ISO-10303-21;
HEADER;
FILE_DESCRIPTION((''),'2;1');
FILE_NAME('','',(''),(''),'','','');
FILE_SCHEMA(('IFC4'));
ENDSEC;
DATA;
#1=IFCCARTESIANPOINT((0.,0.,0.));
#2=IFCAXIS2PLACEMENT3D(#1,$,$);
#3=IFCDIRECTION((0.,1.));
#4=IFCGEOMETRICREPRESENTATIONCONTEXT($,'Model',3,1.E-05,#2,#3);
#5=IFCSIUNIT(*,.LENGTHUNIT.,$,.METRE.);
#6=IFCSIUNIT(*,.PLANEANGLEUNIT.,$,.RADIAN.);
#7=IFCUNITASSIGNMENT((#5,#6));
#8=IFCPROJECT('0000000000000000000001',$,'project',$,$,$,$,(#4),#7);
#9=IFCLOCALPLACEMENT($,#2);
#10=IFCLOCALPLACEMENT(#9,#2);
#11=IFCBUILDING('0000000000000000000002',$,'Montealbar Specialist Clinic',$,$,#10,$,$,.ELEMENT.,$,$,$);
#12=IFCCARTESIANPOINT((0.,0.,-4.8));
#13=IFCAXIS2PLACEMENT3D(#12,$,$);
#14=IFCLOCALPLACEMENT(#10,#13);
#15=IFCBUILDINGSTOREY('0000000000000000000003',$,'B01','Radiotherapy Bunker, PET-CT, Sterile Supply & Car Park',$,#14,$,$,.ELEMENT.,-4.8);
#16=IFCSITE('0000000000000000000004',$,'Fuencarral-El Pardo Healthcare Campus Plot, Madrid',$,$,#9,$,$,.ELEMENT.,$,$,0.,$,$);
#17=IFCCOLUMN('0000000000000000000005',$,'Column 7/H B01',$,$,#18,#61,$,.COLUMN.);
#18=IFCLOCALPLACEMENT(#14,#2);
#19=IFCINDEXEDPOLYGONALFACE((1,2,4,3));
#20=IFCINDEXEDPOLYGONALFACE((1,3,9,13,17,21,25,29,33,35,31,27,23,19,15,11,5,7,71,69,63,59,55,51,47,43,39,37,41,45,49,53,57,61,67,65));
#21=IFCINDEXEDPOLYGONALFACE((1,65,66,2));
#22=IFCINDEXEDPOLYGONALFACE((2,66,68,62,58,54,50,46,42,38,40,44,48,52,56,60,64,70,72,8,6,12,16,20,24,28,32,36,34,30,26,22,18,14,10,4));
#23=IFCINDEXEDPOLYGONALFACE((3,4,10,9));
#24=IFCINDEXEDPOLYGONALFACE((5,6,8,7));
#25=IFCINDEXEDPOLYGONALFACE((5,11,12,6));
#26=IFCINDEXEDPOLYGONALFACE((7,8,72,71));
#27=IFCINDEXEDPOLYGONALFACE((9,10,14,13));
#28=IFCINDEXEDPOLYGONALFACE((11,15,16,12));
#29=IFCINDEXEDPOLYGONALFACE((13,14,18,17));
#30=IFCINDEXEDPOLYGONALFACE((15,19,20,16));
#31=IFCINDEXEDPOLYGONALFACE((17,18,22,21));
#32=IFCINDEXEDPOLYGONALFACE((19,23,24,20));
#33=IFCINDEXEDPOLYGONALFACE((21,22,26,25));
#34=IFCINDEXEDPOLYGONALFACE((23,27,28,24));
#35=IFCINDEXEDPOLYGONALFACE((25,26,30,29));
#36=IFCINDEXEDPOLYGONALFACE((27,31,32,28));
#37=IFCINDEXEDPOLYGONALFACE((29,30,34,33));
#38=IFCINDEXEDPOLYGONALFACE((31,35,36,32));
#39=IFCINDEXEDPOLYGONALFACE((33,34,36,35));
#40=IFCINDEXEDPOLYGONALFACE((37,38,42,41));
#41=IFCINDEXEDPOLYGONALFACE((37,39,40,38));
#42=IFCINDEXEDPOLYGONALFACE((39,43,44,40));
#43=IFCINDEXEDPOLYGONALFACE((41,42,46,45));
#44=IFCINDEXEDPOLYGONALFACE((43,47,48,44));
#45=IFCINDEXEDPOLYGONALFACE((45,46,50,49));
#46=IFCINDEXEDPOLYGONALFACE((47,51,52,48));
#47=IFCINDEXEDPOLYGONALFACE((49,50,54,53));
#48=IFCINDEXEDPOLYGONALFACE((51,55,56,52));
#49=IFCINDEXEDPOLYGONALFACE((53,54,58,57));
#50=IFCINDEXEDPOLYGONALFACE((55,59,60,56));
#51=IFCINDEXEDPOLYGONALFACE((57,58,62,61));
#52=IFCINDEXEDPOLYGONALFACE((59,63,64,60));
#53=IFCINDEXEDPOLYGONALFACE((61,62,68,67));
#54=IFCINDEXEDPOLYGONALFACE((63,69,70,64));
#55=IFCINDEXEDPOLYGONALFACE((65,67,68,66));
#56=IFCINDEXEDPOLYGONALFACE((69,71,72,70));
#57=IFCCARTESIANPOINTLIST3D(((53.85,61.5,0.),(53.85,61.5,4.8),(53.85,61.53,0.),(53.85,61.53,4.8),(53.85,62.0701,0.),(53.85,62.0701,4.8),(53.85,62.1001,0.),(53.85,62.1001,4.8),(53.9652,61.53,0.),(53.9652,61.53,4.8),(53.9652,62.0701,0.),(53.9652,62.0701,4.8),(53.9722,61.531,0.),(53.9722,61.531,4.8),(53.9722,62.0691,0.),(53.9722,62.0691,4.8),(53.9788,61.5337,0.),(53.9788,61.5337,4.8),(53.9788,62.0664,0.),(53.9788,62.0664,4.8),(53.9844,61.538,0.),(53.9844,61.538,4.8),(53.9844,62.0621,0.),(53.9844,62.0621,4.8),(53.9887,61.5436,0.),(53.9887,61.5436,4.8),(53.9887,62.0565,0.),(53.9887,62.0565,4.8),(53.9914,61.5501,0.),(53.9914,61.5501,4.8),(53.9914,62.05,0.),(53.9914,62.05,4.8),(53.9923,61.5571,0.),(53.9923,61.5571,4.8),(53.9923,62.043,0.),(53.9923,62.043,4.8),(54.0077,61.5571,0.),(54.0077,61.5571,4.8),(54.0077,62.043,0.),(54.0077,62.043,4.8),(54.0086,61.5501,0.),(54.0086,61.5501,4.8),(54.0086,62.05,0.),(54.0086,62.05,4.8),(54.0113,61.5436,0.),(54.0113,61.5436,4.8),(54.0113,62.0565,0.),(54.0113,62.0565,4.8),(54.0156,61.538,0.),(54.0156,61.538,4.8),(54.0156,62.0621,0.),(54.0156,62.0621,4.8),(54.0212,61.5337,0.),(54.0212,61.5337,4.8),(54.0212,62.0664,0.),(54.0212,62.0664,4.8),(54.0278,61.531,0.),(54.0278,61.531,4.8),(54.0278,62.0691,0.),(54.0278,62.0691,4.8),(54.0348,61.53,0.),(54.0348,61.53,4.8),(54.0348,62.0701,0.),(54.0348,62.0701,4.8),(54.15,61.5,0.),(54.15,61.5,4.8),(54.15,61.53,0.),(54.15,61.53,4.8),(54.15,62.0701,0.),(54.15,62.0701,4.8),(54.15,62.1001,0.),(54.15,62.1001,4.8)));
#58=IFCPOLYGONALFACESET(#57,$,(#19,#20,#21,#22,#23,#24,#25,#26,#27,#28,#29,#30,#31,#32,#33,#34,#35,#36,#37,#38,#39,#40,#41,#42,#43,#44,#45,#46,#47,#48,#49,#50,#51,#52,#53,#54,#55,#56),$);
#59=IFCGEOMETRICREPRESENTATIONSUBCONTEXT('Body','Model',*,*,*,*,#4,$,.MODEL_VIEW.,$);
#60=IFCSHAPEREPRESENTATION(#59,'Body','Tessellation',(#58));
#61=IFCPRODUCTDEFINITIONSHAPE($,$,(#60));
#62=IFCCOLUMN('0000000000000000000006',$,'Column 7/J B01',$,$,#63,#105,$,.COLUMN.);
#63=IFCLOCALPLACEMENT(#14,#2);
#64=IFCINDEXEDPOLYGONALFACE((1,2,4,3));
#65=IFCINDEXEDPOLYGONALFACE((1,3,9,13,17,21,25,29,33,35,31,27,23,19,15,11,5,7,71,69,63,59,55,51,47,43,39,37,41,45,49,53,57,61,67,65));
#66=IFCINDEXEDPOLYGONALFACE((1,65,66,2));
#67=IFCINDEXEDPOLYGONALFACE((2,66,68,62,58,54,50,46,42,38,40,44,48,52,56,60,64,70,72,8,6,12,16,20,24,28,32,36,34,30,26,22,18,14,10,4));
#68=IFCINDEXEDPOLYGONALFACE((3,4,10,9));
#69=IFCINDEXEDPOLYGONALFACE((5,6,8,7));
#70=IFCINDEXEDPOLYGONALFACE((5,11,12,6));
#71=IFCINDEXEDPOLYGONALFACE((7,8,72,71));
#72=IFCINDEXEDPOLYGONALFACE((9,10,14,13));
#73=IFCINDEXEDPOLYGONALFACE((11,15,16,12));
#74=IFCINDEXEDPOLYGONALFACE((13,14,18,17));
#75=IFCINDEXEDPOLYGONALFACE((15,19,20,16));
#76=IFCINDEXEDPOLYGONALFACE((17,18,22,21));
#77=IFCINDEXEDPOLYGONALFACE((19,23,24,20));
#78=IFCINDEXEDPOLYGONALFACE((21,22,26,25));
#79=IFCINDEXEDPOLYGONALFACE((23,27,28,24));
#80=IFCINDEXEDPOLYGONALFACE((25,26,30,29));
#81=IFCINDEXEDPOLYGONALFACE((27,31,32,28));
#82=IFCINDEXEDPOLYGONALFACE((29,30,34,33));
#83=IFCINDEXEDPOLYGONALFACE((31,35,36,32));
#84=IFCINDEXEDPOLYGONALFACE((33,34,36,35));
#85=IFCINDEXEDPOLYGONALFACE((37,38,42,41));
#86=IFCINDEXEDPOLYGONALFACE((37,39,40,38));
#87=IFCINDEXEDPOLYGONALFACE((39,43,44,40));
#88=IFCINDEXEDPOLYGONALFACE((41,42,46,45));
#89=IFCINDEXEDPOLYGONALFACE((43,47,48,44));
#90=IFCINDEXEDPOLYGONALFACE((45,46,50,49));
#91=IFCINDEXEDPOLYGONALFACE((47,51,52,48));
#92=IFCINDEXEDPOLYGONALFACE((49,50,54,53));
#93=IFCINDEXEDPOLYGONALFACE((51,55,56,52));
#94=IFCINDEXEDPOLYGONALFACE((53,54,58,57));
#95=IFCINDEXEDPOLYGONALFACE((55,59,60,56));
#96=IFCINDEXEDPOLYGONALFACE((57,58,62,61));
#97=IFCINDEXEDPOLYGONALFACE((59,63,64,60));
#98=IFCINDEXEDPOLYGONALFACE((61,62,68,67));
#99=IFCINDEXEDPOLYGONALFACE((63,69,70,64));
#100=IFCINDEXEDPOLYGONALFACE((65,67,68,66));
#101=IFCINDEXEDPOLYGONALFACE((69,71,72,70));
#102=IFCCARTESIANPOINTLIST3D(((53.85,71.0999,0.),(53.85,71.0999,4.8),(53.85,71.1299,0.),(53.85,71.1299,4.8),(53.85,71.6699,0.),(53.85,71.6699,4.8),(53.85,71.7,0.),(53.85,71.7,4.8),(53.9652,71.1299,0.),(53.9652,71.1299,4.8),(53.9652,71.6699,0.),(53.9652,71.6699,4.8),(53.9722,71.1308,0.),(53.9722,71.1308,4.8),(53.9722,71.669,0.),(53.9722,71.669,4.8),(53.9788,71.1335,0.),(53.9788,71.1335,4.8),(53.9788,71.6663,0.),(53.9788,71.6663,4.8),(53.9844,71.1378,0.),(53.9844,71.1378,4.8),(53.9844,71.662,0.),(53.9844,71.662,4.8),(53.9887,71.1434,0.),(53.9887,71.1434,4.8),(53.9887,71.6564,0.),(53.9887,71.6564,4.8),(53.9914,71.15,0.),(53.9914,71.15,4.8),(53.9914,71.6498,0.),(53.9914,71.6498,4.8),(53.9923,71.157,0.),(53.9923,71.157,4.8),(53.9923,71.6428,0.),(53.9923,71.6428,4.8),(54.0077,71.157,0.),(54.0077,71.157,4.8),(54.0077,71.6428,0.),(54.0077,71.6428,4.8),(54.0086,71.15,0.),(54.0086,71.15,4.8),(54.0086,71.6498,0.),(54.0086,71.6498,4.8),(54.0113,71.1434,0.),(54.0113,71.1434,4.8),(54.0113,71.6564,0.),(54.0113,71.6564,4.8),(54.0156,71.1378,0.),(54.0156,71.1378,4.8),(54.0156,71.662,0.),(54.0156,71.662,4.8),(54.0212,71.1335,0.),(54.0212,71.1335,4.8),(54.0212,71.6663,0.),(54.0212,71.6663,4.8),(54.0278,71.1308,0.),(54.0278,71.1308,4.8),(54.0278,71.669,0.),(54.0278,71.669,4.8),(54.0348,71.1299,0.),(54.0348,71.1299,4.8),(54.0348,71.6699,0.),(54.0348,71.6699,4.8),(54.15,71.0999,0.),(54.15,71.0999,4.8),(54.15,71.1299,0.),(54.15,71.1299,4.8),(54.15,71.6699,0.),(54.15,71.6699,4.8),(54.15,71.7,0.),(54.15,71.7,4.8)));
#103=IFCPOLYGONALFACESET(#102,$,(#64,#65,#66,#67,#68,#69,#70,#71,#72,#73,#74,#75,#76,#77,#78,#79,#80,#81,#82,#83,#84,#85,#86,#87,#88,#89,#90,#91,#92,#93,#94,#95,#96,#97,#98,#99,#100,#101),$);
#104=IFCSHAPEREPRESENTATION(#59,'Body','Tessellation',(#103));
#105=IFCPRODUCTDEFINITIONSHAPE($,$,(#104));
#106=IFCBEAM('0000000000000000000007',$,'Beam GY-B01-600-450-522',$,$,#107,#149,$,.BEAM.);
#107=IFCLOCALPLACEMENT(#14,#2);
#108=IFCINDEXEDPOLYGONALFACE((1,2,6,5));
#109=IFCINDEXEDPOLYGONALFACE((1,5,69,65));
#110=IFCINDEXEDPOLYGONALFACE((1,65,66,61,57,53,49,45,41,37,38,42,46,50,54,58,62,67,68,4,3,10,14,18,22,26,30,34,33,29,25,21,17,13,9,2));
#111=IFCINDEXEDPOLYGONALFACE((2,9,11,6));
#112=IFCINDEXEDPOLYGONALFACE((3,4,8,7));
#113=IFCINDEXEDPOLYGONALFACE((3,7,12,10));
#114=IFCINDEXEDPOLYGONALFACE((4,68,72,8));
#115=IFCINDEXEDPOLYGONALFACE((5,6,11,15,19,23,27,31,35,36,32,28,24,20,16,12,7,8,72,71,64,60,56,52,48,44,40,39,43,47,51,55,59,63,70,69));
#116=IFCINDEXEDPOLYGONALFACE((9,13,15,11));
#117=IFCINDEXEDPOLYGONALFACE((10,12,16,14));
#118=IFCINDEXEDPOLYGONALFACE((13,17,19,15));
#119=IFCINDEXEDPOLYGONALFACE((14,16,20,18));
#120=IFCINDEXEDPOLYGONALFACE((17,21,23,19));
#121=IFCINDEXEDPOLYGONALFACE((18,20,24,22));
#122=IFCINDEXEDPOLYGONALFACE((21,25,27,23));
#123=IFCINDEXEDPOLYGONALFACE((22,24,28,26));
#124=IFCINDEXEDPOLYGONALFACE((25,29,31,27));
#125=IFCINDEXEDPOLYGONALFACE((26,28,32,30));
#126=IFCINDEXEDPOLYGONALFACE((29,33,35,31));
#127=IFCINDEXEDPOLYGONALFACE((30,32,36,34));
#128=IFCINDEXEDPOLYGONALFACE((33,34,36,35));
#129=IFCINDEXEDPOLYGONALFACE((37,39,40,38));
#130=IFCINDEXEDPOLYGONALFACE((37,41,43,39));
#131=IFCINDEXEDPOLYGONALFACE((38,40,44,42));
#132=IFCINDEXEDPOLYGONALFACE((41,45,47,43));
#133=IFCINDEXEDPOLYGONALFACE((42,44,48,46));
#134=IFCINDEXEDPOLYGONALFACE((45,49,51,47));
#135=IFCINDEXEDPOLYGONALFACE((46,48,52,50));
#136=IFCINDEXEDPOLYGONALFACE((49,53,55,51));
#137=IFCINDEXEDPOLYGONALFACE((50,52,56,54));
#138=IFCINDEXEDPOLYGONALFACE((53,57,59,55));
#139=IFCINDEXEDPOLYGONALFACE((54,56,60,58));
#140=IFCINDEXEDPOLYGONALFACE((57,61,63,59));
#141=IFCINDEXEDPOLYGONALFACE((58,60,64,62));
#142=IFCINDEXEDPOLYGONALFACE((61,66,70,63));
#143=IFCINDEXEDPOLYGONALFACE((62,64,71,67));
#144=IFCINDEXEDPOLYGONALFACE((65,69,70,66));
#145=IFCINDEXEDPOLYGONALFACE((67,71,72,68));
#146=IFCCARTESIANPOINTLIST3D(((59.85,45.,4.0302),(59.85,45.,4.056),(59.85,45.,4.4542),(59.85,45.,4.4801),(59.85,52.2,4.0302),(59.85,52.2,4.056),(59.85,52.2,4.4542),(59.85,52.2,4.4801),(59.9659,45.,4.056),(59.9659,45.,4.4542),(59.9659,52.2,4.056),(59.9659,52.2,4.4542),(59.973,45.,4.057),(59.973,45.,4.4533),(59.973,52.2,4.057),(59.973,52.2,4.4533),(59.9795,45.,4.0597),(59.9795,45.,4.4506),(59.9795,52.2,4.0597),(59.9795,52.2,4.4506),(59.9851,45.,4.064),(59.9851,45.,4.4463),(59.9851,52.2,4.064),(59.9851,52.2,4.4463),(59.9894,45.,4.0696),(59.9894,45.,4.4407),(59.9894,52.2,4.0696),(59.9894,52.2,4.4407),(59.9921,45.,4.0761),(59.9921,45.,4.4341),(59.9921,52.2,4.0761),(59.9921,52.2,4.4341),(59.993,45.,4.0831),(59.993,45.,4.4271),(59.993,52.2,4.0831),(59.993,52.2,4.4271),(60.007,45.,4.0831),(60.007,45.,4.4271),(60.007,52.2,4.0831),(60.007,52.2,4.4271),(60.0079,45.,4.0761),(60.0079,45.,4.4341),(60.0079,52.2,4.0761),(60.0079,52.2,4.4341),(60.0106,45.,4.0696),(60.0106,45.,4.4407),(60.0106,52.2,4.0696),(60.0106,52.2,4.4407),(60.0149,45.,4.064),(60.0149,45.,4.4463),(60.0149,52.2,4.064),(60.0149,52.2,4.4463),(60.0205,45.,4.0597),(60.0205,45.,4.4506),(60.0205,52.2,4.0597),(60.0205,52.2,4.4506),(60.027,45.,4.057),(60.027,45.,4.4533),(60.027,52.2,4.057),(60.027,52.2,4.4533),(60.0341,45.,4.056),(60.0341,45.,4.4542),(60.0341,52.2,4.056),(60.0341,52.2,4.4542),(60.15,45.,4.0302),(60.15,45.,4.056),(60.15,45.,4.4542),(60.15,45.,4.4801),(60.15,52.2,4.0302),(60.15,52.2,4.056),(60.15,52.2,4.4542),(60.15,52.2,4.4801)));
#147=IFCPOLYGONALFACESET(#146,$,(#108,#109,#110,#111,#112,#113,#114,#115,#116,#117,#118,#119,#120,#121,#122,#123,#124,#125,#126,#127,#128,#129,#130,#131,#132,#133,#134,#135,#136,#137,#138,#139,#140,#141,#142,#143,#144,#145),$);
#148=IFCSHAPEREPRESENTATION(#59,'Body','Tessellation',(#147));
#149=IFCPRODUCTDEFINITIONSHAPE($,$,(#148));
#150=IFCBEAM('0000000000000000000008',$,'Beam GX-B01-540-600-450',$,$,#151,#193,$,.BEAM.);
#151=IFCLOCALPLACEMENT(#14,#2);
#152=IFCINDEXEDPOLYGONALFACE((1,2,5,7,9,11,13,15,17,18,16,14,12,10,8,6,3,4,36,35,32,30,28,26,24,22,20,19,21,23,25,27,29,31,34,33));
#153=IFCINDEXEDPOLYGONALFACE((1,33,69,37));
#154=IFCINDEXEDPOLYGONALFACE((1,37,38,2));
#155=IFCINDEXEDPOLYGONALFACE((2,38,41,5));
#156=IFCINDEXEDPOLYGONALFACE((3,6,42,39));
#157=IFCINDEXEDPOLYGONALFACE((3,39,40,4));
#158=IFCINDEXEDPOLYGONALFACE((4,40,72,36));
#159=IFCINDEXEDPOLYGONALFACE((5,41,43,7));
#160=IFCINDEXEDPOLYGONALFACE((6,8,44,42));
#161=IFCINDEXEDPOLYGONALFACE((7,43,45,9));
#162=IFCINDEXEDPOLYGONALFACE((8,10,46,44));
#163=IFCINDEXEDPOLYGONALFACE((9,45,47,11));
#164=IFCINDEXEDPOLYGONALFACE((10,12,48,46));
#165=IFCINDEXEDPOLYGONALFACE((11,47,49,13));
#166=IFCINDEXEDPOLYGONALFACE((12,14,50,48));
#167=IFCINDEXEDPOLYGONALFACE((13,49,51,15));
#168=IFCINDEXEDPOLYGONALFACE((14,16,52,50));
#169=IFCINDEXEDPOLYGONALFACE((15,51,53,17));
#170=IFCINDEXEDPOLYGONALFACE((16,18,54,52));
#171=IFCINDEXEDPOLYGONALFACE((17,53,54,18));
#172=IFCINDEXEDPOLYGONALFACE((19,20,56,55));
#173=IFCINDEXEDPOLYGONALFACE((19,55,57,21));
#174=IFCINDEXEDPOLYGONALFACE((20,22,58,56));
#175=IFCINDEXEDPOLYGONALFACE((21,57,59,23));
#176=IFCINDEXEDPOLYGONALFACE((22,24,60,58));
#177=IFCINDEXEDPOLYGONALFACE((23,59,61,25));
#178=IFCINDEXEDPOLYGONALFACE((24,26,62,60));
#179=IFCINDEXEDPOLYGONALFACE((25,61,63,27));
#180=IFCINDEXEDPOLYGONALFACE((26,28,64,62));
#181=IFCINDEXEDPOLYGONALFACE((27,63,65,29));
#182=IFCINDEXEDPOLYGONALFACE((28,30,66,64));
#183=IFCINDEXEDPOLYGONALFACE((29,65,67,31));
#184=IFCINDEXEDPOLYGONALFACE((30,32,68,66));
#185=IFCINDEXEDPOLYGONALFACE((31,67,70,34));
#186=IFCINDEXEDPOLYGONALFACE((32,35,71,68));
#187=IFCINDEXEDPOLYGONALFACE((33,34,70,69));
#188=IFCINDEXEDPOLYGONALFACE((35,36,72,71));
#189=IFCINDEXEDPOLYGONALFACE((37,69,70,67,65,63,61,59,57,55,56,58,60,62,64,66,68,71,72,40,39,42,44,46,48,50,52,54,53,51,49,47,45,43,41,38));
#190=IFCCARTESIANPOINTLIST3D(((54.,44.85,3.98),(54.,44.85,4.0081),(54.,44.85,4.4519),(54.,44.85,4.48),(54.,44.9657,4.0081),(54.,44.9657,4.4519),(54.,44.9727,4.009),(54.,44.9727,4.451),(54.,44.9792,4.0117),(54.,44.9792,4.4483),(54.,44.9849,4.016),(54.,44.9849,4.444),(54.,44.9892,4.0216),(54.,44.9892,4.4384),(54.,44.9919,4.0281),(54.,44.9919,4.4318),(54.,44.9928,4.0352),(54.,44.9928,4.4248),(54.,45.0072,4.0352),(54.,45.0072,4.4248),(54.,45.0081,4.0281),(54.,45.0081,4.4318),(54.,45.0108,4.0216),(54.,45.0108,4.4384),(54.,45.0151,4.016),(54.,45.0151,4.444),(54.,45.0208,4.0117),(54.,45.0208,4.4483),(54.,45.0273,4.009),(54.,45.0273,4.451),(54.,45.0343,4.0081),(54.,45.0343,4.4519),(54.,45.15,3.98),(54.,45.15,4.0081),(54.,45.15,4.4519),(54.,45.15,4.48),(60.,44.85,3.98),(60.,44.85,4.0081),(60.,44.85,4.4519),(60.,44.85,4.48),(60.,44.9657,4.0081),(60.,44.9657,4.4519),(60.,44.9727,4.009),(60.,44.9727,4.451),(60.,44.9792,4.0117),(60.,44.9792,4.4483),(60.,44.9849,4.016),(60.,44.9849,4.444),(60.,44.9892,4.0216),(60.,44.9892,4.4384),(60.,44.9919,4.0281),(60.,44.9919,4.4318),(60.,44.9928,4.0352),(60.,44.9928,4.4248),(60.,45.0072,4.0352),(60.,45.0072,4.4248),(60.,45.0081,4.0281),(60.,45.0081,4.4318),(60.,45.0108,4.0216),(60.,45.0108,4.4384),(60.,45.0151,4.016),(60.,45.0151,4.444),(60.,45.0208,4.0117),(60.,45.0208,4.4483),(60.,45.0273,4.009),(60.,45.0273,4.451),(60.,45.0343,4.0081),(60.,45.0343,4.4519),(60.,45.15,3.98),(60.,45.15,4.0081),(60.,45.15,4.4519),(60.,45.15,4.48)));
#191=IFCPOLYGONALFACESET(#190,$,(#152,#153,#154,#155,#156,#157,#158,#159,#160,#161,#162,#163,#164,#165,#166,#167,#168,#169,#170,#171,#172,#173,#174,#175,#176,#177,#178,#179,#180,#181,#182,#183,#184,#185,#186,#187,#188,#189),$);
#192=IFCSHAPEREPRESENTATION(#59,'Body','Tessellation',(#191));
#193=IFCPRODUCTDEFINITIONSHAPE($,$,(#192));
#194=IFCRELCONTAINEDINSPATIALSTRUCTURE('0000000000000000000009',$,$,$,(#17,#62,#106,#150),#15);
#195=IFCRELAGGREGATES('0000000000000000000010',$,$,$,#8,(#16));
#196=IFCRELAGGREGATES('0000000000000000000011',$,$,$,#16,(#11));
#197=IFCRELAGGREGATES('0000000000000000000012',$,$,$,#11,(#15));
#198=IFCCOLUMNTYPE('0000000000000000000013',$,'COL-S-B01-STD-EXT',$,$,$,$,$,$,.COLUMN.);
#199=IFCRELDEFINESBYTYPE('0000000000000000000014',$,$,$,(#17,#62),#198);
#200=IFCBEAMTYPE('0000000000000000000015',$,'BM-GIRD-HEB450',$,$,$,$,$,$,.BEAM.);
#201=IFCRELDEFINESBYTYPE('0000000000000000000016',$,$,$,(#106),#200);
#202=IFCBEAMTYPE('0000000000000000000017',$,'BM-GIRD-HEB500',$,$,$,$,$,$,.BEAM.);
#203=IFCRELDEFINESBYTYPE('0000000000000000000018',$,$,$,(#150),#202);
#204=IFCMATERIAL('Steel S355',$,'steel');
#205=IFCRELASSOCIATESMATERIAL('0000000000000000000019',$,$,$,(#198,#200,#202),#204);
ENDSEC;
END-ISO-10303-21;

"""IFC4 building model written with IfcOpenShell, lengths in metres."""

from ifc_helpers import new_model, si_unit, direction, frame, origin, origin_2d, place, context, subcontext, project, spatial, i_section, extrude, material, material_profile, profile_set, type_object, element, save


model = new_model("IFC4")

# Units and contexts
model_context = context("Model", 3, precision=1e-05, world=origin(), true_north=direction((0.0, 1.0)))
body_context = subcontext(model_context, "Body", "Model", "MODEL_VIEW")
ifc_project = project(units=[si_unit("LENGTHUNIT", "METRE"), si_unit("PLANEANGLEUNIT", "RADIAN")], contexts=[model_context])

# Site, building, storey
site_placement = place(None, origin())
site = spatial("IfcSite", under=ifc_project, at=site_placement, Name="Fuencarral-El Pardo Healthcare Campus Plot, Madrid", CompositionType="ELEMENT", RefElevation=0.0)
building_placement = place(site_placement, origin())
building = spatial("IfcBuilding", under=site, at=building_placement, Name="Montealbar Specialist Clinic", CompositionType="ELEMENT")
storey_placement = place(building_placement, frame((0.0, 0.0, -4.8)))
storey = spatial("IfcBuildingStorey", under=building, at=storey_placement, Name="B01", Description="Radiotherapy Bunker, PET-CT, Sterile Supply & Car Park", CompositionType="ELEMENT", Elevation=-4.8)

# Columns
ifc_material_1 = material(Name="Steel S355", Category="steel")
ifc_material_profile_1 = material_profile(ifc_material_1, i_section(OverallWidth=0.3, OverallDepth=0.6001, WebThickness=0.0154, FlangeThickness=0.03, FilletRadius=0.0271, at=origin_2d()), Name="HEB 600", Category="steel")
ifc_profile_set_1 = profile_set([ifc_material_profile_1], Name="Steel S355")
column_type_1 = type_object("IfcColumnType", Name="COL-S-B01-STD-EXT", PredefinedType="COLUMN", material=ifc_profile_set_1)
for number, where, z_axis, x_axis, name in (
    (1, (54.0, 61.8, 0.0), (0.0, 0.0, 1.0), (1.0, 0.0, 0.0), "Column 7/H B01"),
    (2, (54.0, 71.3999, 0.0), (0.0, 0.0, 1.0), (1.0, 0.0, 0.0), "Column 7/J B01"),
):
    element("IfcColumn", number, at=place(storey_placement, frame(where, z_axis=z_axis, x_axis=x_axis)), inside=storey, type_object=column_type_1, Name=name, PredefinedType="COLUMN", context=body_context, shape_type="SweptSolid", body=[
        extrude(i_section(OverallWidth=0.3, OverallDepth=0.6001, WebThickness=0.0154, FlangeThickness=0.03, FilletRadius=0.0271, at=origin_2d()), origin(), (0.0, 0.0, 1.0), 4.8),
    ])

# Beams
ifc_material_profile_2 = material_profile(ifc_material_1, i_section(OverallWidth=0.3, OverallDepth=0.45, WebThickness=0.0139, FlangeThickness=0.0259, FilletRadius=0.0271, at=origin_2d()), Name="HEB 450", Category="steel")
ifc_profile_set_2 = profile_set([ifc_material_profile_2], Name="Steel S355")
beam_type_1 = type_object("IfcBeamType", Name="BM-GIRD-HEB450", PredefinedType="BEAM", material=ifc_profile_set_2)
beam_1_placement = place(storey_placement, frame((60.0, 45.0, 4.2551), z_axis=(0.0, 1.0, 0.0), x_axis=(-1.0, 0.0, 0.0)))
element("IfcBeam", 3, at=beam_1_placement, inside=storey, type_object=beam_type_1, Name="Beam GY-B01-600-450-522", PredefinedType="BEAM", context=body_context, shape_type="SweptSolid", body=[
    extrude(i_section(OverallWidth=0.3, OverallDepth=0.45, WebThickness=0.0139, FlangeThickness=0.0259, FilletRadius=0.0271, at=origin_2d()), origin(), (0.0, 0.0, 1.0), 7.2),
])
ifc_material_profile_3 = material_profile(ifc_material_1, i_section(OverallWidth=0.3, OverallDepth=0.5, WebThickness=0.0144, FlangeThickness=0.0281, FilletRadius=0.0271, at=origin_2d()), Name="HEB 500", Category="steel")
ifc_profile_set_3 = profile_set([ifc_material_profile_3], Name="Steel S355")
beam_type_2 = type_object("IfcBeamType", Name="BM-GIRD-HEB500", PredefinedType="BEAM", material=ifc_profile_set_3)
for number, where, z_axis, x_axis, name in (
    (4, (54.0, 45.0, 4.23), (1.0, 0.0, 0.0), (0.0, 1.0, 0.0), "Beam GX-B01-540-600-450"),
):
    element("IfcBeam", number, at=place(storey_placement, frame(where, z_axis=z_axis, x_axis=x_axis)), inside=storey, type_object=beam_type_2, Name=name, PredefinedType="BEAM", context=body_context, shape_type="SweptSolid", body=[
        extrude(i_section(OverallWidth=0.3, OverallDepth=0.5, WebThickness=0.0144, FlangeThickness=0.0281, FilletRadius=0.0271, at=origin_2d()), origin(), (0.0, 0.0, 1.0), 6.0),
    ])

save(model, "model.ifc")
